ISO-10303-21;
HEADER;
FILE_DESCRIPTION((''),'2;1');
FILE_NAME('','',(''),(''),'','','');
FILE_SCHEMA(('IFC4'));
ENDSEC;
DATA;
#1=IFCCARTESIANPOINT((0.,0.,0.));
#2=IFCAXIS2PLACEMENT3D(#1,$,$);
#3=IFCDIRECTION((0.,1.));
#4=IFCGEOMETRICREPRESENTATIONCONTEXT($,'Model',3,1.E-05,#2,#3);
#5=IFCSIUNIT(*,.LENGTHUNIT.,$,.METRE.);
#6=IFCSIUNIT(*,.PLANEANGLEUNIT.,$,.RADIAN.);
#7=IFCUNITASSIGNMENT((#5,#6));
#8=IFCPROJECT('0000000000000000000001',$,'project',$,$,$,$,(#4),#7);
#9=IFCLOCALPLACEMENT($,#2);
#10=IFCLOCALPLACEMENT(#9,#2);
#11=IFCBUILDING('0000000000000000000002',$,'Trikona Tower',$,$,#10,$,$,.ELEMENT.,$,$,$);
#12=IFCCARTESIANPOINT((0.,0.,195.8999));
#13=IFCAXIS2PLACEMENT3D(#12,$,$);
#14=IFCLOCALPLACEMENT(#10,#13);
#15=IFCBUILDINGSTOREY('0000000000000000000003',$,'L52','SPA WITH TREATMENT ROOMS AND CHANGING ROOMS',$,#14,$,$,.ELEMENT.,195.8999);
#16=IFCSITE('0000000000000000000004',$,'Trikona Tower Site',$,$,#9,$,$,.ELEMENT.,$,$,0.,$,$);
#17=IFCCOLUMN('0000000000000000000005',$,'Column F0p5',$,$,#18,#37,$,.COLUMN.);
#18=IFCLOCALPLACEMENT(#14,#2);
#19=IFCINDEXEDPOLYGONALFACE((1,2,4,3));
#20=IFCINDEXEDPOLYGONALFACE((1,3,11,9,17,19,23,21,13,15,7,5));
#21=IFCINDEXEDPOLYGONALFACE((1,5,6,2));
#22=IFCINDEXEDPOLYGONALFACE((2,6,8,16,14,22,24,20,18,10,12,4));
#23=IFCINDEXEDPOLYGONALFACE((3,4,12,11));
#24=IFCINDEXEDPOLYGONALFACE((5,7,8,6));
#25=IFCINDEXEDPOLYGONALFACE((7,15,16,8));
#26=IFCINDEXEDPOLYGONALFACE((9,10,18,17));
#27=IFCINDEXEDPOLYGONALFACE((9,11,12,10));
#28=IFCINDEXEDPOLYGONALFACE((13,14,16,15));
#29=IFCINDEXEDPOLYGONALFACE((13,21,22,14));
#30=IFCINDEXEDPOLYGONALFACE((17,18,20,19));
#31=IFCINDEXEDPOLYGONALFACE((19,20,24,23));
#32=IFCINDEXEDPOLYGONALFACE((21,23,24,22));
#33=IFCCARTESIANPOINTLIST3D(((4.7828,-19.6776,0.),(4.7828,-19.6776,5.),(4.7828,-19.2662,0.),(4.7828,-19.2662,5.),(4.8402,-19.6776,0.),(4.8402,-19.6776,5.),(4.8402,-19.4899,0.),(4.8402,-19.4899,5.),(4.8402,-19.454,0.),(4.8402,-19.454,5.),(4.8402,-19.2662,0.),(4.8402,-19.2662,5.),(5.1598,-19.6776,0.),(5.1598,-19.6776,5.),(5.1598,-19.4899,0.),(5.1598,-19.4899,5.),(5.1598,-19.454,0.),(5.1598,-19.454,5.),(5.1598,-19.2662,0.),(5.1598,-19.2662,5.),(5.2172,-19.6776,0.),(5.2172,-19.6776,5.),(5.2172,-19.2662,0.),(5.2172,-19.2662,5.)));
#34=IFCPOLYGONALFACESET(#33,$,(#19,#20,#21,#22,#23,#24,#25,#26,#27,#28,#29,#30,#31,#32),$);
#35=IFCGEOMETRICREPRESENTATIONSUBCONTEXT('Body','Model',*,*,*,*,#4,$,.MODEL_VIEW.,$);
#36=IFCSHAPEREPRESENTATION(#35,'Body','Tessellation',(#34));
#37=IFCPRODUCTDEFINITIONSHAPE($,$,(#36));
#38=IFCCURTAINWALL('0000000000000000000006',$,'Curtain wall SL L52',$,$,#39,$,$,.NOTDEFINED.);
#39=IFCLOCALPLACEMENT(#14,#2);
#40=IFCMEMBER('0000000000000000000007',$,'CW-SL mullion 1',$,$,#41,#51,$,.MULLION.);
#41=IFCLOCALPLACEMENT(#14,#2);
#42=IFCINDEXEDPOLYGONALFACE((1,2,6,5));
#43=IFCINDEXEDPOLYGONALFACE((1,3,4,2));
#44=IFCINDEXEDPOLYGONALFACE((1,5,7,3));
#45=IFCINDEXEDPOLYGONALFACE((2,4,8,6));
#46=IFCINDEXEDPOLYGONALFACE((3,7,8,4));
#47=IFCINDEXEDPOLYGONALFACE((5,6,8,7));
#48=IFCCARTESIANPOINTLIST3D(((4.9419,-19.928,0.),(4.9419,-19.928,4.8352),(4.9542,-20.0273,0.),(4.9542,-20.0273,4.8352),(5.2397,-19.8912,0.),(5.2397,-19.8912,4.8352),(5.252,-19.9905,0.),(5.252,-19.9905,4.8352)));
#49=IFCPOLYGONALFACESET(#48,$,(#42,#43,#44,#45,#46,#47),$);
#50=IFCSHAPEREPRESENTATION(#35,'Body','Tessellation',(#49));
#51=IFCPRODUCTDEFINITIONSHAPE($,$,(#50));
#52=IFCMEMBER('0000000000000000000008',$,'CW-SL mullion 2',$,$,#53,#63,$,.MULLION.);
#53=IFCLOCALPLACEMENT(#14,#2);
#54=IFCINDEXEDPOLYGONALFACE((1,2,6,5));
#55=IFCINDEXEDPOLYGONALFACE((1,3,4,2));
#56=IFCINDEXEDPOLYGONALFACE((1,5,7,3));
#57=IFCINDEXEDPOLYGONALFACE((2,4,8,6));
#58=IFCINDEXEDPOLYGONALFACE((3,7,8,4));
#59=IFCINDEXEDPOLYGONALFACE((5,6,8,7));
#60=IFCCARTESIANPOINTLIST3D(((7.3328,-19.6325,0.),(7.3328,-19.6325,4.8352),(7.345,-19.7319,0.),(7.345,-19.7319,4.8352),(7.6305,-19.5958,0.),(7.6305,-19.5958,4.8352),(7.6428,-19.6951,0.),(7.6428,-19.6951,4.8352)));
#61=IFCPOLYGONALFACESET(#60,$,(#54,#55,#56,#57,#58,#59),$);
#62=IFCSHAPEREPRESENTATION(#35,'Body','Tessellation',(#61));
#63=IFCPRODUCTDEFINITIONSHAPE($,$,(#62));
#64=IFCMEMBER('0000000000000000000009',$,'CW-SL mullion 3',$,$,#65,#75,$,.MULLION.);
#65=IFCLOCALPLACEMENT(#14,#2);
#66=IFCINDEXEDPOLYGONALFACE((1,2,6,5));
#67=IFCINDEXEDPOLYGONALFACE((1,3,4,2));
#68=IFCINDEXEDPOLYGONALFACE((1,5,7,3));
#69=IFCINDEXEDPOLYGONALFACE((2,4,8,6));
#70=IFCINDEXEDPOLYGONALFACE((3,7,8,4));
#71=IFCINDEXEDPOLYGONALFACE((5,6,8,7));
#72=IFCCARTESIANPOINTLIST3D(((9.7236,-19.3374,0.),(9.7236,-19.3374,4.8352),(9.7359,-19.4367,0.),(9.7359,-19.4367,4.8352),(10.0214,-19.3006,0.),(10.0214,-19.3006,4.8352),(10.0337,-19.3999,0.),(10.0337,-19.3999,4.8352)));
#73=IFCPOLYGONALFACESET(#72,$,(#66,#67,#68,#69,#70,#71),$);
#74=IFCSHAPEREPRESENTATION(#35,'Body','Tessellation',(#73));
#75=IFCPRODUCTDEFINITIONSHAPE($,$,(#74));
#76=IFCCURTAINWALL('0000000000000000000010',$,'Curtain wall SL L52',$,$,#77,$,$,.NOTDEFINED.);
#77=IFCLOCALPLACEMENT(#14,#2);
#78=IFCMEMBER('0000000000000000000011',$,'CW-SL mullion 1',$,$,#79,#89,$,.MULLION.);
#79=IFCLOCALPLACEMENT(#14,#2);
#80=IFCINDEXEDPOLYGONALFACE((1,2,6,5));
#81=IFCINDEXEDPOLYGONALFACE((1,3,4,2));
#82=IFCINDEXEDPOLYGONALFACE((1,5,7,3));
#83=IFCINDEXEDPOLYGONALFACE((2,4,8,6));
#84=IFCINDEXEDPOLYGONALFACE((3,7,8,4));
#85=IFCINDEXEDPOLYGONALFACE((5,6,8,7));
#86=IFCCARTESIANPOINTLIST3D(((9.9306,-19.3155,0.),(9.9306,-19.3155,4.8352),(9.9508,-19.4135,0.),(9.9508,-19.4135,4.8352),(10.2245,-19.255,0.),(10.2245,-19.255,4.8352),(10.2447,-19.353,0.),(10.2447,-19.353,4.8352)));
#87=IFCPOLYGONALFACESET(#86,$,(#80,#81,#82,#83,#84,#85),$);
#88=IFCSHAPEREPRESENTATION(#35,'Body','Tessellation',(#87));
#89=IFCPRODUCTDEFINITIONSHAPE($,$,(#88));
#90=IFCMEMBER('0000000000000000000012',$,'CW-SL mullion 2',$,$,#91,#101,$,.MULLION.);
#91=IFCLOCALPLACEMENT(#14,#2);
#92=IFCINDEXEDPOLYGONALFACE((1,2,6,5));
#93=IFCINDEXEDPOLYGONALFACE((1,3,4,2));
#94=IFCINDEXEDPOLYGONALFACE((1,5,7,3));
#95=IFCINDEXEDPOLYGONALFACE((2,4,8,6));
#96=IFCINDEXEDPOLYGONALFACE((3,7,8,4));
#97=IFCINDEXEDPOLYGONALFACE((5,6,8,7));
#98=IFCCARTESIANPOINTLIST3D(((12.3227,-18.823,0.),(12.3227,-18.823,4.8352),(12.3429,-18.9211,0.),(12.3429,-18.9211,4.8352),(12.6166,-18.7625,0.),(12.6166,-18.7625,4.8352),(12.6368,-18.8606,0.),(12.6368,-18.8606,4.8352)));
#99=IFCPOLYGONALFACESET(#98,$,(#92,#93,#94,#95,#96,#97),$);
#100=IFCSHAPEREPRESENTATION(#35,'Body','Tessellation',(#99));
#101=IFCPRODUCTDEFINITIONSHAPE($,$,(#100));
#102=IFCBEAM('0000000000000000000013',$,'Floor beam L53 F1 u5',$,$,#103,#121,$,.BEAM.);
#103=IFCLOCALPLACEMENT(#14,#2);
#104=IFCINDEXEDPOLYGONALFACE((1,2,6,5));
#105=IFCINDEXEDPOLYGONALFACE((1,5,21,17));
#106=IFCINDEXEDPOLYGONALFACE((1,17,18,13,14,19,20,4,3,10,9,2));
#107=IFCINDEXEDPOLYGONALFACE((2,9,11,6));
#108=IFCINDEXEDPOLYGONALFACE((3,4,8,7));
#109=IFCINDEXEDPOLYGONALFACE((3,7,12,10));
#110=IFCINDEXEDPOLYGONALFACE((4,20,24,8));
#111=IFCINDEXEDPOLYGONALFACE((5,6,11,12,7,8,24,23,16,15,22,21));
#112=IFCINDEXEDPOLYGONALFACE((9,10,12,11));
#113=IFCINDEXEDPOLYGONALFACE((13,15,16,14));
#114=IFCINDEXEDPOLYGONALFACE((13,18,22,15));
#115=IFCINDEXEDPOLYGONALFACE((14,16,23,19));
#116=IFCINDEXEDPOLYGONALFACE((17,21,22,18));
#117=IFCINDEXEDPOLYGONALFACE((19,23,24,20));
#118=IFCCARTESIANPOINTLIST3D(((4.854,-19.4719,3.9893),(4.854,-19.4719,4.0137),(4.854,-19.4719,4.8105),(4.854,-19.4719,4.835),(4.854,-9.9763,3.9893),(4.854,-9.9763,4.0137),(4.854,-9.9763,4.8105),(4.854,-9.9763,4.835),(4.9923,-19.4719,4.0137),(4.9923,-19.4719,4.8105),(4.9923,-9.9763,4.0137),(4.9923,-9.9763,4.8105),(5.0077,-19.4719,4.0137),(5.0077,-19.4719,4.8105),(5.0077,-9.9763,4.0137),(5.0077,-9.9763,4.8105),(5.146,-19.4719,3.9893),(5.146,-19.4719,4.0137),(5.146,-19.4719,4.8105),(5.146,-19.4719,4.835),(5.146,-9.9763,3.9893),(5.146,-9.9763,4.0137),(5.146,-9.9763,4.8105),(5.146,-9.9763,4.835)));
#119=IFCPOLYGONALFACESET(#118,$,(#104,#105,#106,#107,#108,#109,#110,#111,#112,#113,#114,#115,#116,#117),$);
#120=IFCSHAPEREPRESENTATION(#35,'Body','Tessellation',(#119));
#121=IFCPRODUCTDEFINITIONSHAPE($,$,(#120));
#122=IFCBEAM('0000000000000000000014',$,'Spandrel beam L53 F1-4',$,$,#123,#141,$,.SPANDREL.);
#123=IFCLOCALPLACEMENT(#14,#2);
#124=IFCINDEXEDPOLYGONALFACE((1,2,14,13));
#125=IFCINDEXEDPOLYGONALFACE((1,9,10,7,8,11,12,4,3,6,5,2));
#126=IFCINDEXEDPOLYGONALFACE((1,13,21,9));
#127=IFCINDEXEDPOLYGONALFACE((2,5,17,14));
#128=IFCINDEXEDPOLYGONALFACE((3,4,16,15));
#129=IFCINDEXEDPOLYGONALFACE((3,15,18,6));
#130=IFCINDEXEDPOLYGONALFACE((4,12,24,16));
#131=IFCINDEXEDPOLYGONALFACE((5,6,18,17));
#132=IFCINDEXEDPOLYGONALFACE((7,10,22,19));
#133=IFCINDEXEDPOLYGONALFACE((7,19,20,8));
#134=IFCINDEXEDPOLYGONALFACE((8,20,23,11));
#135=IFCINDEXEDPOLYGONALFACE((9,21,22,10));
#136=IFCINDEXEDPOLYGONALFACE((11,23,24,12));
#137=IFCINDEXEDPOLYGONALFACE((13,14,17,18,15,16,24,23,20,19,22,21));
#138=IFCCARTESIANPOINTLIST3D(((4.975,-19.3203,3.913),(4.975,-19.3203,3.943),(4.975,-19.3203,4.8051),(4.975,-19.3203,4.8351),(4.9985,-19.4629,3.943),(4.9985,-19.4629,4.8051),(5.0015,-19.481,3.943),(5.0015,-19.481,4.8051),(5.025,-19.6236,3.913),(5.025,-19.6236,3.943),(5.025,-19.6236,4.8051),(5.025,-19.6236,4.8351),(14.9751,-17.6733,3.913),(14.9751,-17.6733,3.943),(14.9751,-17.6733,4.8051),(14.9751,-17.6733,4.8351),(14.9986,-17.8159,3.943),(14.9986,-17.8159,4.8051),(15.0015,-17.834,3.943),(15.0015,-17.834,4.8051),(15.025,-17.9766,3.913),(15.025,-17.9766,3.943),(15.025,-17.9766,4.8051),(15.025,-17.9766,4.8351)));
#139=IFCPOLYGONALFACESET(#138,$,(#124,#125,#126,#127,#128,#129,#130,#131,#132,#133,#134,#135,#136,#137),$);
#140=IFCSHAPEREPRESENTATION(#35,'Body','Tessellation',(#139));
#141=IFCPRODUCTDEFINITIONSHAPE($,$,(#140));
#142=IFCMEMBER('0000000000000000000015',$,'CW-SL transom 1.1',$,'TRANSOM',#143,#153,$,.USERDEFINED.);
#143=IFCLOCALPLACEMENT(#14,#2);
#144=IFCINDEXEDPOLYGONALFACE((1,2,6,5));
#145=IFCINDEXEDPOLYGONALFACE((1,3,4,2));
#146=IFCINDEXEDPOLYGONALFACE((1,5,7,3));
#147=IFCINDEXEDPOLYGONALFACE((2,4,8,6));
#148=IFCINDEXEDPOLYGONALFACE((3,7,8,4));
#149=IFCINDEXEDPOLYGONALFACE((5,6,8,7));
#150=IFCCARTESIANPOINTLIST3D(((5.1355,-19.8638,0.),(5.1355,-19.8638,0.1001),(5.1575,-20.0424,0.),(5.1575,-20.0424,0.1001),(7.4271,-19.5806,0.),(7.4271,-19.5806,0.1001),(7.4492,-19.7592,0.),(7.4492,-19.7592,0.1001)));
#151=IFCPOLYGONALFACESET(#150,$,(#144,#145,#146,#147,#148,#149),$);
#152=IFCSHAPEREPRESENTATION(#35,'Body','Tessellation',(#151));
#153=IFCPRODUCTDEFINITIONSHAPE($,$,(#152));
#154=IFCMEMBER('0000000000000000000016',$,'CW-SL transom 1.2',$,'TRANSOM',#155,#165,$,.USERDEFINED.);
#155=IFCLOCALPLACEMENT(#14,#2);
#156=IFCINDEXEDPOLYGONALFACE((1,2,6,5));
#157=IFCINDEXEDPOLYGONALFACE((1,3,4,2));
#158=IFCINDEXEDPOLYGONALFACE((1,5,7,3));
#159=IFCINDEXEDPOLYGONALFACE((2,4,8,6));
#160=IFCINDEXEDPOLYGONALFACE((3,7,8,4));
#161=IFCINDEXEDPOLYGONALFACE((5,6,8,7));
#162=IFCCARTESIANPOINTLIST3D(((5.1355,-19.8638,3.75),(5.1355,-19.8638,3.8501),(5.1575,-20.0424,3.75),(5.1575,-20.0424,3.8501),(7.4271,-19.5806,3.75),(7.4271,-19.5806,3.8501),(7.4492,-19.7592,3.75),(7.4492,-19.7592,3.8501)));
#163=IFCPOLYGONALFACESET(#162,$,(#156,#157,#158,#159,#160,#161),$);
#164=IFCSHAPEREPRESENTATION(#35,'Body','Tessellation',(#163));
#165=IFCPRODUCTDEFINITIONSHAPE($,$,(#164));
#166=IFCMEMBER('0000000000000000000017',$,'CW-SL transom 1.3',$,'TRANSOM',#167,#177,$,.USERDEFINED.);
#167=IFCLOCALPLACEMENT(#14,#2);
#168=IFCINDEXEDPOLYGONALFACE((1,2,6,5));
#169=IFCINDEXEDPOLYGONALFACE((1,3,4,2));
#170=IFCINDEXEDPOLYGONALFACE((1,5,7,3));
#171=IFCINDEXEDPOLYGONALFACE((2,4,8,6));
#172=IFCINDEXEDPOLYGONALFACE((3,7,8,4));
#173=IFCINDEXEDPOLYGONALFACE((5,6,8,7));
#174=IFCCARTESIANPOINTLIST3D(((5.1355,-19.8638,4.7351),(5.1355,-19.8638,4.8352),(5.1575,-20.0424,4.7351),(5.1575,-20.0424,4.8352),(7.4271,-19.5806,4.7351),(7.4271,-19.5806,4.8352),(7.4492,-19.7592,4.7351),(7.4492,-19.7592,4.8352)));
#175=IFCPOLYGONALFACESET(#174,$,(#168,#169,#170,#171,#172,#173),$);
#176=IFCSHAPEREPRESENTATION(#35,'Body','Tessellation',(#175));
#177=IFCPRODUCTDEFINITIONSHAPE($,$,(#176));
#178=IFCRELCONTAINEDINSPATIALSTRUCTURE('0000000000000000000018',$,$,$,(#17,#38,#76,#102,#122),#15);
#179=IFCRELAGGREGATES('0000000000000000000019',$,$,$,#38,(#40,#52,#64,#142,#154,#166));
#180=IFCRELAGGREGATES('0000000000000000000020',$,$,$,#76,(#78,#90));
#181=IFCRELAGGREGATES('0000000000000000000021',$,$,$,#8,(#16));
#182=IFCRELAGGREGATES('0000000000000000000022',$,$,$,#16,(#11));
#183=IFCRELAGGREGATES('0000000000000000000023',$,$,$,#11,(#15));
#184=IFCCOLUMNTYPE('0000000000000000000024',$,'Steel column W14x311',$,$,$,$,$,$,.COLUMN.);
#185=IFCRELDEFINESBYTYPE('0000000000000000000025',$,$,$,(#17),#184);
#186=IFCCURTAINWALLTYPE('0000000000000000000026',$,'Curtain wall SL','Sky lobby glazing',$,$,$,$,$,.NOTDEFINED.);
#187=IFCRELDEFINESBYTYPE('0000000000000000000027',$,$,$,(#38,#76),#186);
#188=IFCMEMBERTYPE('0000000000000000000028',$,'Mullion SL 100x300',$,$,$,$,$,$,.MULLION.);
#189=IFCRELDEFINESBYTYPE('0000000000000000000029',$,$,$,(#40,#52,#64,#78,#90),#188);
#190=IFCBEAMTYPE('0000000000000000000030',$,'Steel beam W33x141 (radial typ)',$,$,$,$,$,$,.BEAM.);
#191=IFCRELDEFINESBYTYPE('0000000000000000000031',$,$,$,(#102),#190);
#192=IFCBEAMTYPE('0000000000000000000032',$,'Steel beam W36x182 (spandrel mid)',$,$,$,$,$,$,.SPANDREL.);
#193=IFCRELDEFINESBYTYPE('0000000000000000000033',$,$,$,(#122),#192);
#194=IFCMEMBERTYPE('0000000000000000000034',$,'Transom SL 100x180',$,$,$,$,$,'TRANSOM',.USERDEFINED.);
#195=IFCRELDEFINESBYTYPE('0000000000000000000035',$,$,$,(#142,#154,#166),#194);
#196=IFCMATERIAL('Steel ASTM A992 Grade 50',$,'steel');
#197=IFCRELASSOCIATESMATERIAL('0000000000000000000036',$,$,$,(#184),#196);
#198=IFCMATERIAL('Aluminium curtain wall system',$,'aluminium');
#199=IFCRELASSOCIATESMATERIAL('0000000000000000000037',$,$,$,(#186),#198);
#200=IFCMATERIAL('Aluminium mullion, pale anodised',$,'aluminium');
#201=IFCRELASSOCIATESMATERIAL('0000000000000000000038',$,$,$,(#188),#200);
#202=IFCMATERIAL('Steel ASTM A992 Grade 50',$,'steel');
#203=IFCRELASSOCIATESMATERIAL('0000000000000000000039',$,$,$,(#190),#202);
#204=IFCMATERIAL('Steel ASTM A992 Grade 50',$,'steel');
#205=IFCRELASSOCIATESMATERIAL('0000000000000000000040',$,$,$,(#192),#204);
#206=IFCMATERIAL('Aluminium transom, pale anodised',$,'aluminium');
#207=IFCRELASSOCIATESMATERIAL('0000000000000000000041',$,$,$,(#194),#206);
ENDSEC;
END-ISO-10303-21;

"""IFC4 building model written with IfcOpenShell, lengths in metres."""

from ifc_helpers import new_model, si_unit, direction, frame, origin, origin_2d, place, context, subcontext, project, spatial, rectangle, i_section, extrude, material, material_profile, profile_set, type_object, element, aggregate, save


model = new_model("IFC4")

# Units and contexts
model_context = context("Model", 3, precision=1e-05, world=origin(), true_north=direction((0.0, 1.0)))
body_context = subcontext(model_context, "Body", "Model", "MODEL_VIEW")
ifc_project = project(units=[si_unit("LENGTHUNIT", "METRE"), si_unit("PLANEANGLEUNIT", "RADIAN")], contexts=[model_context])

# Site, building, storey
site_placement = place(None, origin())
site = spatial("IfcSite", under=ifc_project, at=site_placement, Name="Trikona Tower Site", CompositionType="ELEMENT", RefElevation=0.0)
building_placement = place(site_placement, origin())
building = spatial("IfcBuilding", under=site, at=building_placement, Name="Trikona Tower", CompositionType="ELEMENT")
storey_placement = place(building_placement, frame((0.0, 0.0, 195.8999)))
storey = spatial("IfcBuildingStorey", under=building, at=storey_placement, Name="L52", Description="SPA WITH TREATMENT ROOMS AND CHANGING ROOMS", CompositionType="ELEMENT", Elevation=195.8999)

# Column
ifc_material_1 = material(Name="Steel ASTM A992 Grade 50", Category="steel")
ifc_material_profile_1 = material_profile(ifc_material_1, i_section(OverallWidth=0.4114, OverallDepth=0.4343, WebThickness=0.0359, FlangeThickness=0.0574, at=origin_2d()), Name="W14X311")
ifc_profile_set_1 = profile_set([ifc_material_profile_1], Name="Steel ASTM A992 Grade 50")
column_type = type_object("IfcColumnType", Name="Steel column W14x311", PredefinedType="COLUMN", material=ifc_profile_set_1)
column_placement = place(storey_placement, frame((5.0, -19.4719, 0.0), z_axis=(0.0, 0.0, 1.0), x_axis=(0.0, -1.0, 0.0)))
element("IfcColumn", 1, at=column_placement, inside=storey, type_object=column_type, Name="Column F0p5", PredefinedType="COLUMN", context=body_context, shape_type="SweptSolid", body=[
    extrude(i_section(OverallWidth=0.4114, OverallDepth=0.4343, WebThickness=0.0359, FlangeThickness=0.0574, at=origin_2d()), origin(), (0.0, 0.0, 1.0), 5.0),
])

# Curtain walls, members
ifc_material_2 = material(Name="Aluminium curtain wall system", Category="aluminium")
curtain_wall_type = type_object("IfcCurtainWallType", Name="Curtain wall SL", Description="Sky lobby glazing", PredefinedType="NOTDEFINED", material=ifc_material_2)
curtain_wall_1_placement = place(storey_placement, origin())
curtain_wall_1 = element("IfcCurtainWall", 2, at=curtain_wall_1_placement, inside=storey, type_object=curtain_wall_type, Name="Curtain wall SL L52", PredefinedType="NOTDEFINED")
ifc_material_3 = material(Name="Aluminium mullion, pale anodised", Category="aluminium")
ifc_material_profile_2 = material_profile(ifc_material_3, rectangle(XDim=0.1001, YDim=0.3, at=origin_2d()), Name="MUL-SL")
ifc_profile_set_2 = profile_set([ifc_material_profile_2], Name="Aluminium mullion, pale anodised")
member_type_1 = type_object("IfcMemberType", Name="Mullion SL 100x300", PredefinedType="MULLION", material=ifc_profile_set_2)
member_1_placement = place(storey_placement, frame((5.0969, -19.9592, 0.0), z_axis=(0.0, 0.0, 1.0), x_axis=(-0.122611, 0.992455, 0.0)))
member_1 = element("IfcMember", 3, at=member_1_placement, type_object=member_type_1, Name="CW-SL mullion 1", PredefinedType="MULLION", context=body_context, shape_type="SweptSolid", body=[
    extrude(rectangle(XDim=0.1001, YDim=0.3, at=origin_2d()), origin(), (0.0, 0.0, 1.0), 4.8352),
])
member_2_placement = place(storey_placement, frame((7.4878, -19.6638, 0.0), z_axis=(0.0, 0.0, 1.0), x_axis=(-0.122611, 0.992455, 0.0)))
member_2 = element("IfcMember", 4, at=member_2_placement, type_object=member_type_1, Name="CW-SL mullion 2", PredefinedType="MULLION", context=body_context, shape_type="SweptSolid", body=[
    extrude(rectangle(XDim=0.1001, YDim=0.3, at=origin_2d()), origin(), (0.0, 0.0, 1.0), 4.8352),
])
member_3_placement = place(storey_placement, frame((9.8787, -19.3687, 0.0), z_axis=(0.0, 0.0, 1.0), x_axis=(-0.122611, 0.992455, 0.0)))
member_3 = element("IfcMember", 5, at=member_3_placement, type_object=member_type_1, Name="CW-SL mullion 3", PredefinedType="MULLION", context=body_context, shape_type="SweptSolid", body=[
    extrude(rectangle(XDim=0.1001, YDim=0.3, at=origin_2d()), origin(), (0.0, 0.0, 1.0), 4.8352),
])
curtain_wall_2_placement = place(storey_placement, origin())
curtain_wall_2 = element("IfcCurtainWall", 6, at=curtain_wall_2_placement, inside=storey, type_object=curtain_wall_type, Name="Curtain wall SL L52", PredefinedType="NOTDEFINED")
member_4_placement = place(storey_placement, frame((10.0876, -19.3342, 0.0), z_axis=(0.0, 0.0, 1.0), x_axis=(-0.201649, 0.979458, 0.0)))
member_4 = element("IfcMember", 7, at=member_4_placement, type_object=member_type_1, Name="CW-SL mullion 1", PredefinedType="MULLION", context=body_context, shape_type="SweptSolid", body=[
    extrude(rectangle(XDim=0.1001, YDim=0.3, at=origin_2d()), origin(), (0.0, 0.0, 1.0), 4.8352),
])
member_5_placement = place(storey_placement, frame((12.4797, -18.8418, 0.0), z_axis=(0.0, 0.0, 1.0), x_axis=(-0.201649, 0.979458, 0.0)))
member_5 = element("IfcMember", 8, at=member_5_placement, type_object=member_type_1, Name="CW-SL mullion 2", PredefinedType="MULLION", context=body_context, shape_type="SweptSolid", body=[
    extrude(rectangle(XDim=0.1001, YDim=0.3, at=origin_2d()), origin(), (0.0, 0.0, 1.0), 4.8352),
])

# Beams
ifc_material_4 = material(Name="Steel ASTM A992 Grade 50", Category="steel")
ifc_material_profile_3 = material_profile(ifc_material_4, i_section(OverallWidth=0.292, OverallDepth=0.8457, WebThickness=0.0154, FlangeThickness=0.0244, at=origin_2d()), Name="W33X141")
ifc_profile_set_3 = profile_set([ifc_material_profile_3], Name="Steel ASTM A992 Grade 50")
beam_type_1 = type_object("IfcBeamType", Name="Steel beam W33x141 (radial typ)", PredefinedType="BEAM", material=ifc_profile_set_3)
beam_1_placement = place(storey_placement, frame((5.0, -9.9763, 4.4121), z_axis=(0.0, -1.0, 0.0), x_axis=(1.0, 0.0, 0.0)))
element("IfcBeam", 9, at=beam_1_placement, inside=storey, type_object=beam_type_1, Name="Floor beam L53 F1 u5", PredefinedType="BEAM", context=body_context, shape_type="SweptSolid", body=[
    extrude(i_section(OverallWidth=0.292, OverallDepth=0.8457, WebThickness=0.0154, FlangeThickness=0.0244, at=origin_2d()), origin(), (0.0, 0.0, 1.0), 9.4956),
])
ifc_material_5 = material(Name="Steel ASTM A992 Grade 50", Category="steel")
ifc_material_profile_4 = material_profile(ifc_material_5, i_section(OverallWidth=0.3074, OverallDepth=0.9221, WebThickness=0.0183, FlangeThickness=0.03, at=origin_2d()), Name="W36X182")
ifc_profile_set_4 = profile_set([ifc_material_profile_4], Name="Steel ASTM A992 Grade 50")
beam_type_2 = type_object("IfcBeamType", Name="Steel beam W36x182 (spandrel mid)", PredefinedType="SPANDREL", material=ifc_profile_set_4)
beam_2_placement = place(storey_placement, frame((5.0, -19.4719, 4.374), z_axis=(0.986707, 0.162508, 0.0), x_axis=(-0.162508, 0.986707, 0.0)))
element("IfcBeam", 10, at=beam_2_placement, inside=storey, type_object=beam_type_2, Name="Spandrel beam L53 F1-4", PredefinedType="SPANDREL", context=body_context, shape_type="SweptSolid", body=[
    extrude(i_section(OverallWidth=0.3074, OverallDepth=0.9221, WebThickness=0.0183, FlangeThickness=0.03, at=origin_2d()), origin(), (0.0, 0.0, 1.0), 10.1348),
])

# Members
ifc_material_6 = material(Name="Aluminium transom, pale anodised", Category="aluminium")
ifc_material_profile_5 = material_profile(ifc_material_6, rectangle(XDim=0.1799, YDim=0.1001, at=origin_2d()), Name="TRN-SL")
ifc_profile_set_5 = profile_set([ifc_material_profile_5], Name="Aluminium transom, pale anodised")
member_type_2 = type_object("IfcMemberType", Name="Transom SL 100x180", ElementType="TRANSOM", PredefinedType="USERDEFINED", material=ifc_profile_set_5)
member_6_placement = place(storey_placement, frame((5.1465, -19.9531, 0.05), z_axis=(0.992451, 0.122642, 0.0), x_axis=(-0.122642, 0.992451, 0.0)))
member_6 = element("IfcMember", 11, at=member_6_placement, type_object=member_type_2, Name="CW-SL transom 1.1", ObjectType="TRANSOM", PredefinedType="USERDEFINED", context=body_context, shape_type="SweptSolid", body=[
    extrude(rectangle(XDim=0.1799, YDim=0.1001, at=origin_2d()), origin(), (0.0, 0.0, 1.0), 2.3091),
])
member_7_placement = place(storey_placement, frame((5.1465, -19.9531, 3.8), z_axis=(0.992451, 0.122642, 0.0), x_axis=(-0.122642, 0.992451, 0.0)))
member_7 = element("IfcMember", 12, at=member_7_placement, type_object=member_type_2, Name="CW-SL transom 1.2", ObjectType="TRANSOM", PredefinedType="USERDEFINED", context=body_context, shape_type="SweptSolid", body=[
    extrude(rectangle(XDim=0.1799, YDim=0.1001, at=origin_2d()), origin(), (0.0, 0.0, 1.0), 2.3091),
])
member_8_placement = place(storey_placement, frame((5.1465, -19.9531, 4.7852), z_axis=(0.992451, 0.122642, 0.0), x_axis=(-0.122642, 0.992451, 0.0)))
member_8 = element("IfcMember", 13, at=member_8_placement, type_object=member_type_2, Name="CW-SL transom 1.3", ObjectType="TRANSOM", PredefinedType="USERDEFINED", context=body_context, shape_type="SweptSolid", body=[
    extrude(rectangle(XDim=0.1799, YDim=0.1001, at=origin_2d()), origin(), (0.0, 0.0, 1.0), 2.3091),
])

aggregate(curtain_wall_1, [member_1, member_2, member_3, member_6, member_7, member_8])
aggregate(curtain_wall_2, [member_4, member_5])

save(model, "model.ifc")
